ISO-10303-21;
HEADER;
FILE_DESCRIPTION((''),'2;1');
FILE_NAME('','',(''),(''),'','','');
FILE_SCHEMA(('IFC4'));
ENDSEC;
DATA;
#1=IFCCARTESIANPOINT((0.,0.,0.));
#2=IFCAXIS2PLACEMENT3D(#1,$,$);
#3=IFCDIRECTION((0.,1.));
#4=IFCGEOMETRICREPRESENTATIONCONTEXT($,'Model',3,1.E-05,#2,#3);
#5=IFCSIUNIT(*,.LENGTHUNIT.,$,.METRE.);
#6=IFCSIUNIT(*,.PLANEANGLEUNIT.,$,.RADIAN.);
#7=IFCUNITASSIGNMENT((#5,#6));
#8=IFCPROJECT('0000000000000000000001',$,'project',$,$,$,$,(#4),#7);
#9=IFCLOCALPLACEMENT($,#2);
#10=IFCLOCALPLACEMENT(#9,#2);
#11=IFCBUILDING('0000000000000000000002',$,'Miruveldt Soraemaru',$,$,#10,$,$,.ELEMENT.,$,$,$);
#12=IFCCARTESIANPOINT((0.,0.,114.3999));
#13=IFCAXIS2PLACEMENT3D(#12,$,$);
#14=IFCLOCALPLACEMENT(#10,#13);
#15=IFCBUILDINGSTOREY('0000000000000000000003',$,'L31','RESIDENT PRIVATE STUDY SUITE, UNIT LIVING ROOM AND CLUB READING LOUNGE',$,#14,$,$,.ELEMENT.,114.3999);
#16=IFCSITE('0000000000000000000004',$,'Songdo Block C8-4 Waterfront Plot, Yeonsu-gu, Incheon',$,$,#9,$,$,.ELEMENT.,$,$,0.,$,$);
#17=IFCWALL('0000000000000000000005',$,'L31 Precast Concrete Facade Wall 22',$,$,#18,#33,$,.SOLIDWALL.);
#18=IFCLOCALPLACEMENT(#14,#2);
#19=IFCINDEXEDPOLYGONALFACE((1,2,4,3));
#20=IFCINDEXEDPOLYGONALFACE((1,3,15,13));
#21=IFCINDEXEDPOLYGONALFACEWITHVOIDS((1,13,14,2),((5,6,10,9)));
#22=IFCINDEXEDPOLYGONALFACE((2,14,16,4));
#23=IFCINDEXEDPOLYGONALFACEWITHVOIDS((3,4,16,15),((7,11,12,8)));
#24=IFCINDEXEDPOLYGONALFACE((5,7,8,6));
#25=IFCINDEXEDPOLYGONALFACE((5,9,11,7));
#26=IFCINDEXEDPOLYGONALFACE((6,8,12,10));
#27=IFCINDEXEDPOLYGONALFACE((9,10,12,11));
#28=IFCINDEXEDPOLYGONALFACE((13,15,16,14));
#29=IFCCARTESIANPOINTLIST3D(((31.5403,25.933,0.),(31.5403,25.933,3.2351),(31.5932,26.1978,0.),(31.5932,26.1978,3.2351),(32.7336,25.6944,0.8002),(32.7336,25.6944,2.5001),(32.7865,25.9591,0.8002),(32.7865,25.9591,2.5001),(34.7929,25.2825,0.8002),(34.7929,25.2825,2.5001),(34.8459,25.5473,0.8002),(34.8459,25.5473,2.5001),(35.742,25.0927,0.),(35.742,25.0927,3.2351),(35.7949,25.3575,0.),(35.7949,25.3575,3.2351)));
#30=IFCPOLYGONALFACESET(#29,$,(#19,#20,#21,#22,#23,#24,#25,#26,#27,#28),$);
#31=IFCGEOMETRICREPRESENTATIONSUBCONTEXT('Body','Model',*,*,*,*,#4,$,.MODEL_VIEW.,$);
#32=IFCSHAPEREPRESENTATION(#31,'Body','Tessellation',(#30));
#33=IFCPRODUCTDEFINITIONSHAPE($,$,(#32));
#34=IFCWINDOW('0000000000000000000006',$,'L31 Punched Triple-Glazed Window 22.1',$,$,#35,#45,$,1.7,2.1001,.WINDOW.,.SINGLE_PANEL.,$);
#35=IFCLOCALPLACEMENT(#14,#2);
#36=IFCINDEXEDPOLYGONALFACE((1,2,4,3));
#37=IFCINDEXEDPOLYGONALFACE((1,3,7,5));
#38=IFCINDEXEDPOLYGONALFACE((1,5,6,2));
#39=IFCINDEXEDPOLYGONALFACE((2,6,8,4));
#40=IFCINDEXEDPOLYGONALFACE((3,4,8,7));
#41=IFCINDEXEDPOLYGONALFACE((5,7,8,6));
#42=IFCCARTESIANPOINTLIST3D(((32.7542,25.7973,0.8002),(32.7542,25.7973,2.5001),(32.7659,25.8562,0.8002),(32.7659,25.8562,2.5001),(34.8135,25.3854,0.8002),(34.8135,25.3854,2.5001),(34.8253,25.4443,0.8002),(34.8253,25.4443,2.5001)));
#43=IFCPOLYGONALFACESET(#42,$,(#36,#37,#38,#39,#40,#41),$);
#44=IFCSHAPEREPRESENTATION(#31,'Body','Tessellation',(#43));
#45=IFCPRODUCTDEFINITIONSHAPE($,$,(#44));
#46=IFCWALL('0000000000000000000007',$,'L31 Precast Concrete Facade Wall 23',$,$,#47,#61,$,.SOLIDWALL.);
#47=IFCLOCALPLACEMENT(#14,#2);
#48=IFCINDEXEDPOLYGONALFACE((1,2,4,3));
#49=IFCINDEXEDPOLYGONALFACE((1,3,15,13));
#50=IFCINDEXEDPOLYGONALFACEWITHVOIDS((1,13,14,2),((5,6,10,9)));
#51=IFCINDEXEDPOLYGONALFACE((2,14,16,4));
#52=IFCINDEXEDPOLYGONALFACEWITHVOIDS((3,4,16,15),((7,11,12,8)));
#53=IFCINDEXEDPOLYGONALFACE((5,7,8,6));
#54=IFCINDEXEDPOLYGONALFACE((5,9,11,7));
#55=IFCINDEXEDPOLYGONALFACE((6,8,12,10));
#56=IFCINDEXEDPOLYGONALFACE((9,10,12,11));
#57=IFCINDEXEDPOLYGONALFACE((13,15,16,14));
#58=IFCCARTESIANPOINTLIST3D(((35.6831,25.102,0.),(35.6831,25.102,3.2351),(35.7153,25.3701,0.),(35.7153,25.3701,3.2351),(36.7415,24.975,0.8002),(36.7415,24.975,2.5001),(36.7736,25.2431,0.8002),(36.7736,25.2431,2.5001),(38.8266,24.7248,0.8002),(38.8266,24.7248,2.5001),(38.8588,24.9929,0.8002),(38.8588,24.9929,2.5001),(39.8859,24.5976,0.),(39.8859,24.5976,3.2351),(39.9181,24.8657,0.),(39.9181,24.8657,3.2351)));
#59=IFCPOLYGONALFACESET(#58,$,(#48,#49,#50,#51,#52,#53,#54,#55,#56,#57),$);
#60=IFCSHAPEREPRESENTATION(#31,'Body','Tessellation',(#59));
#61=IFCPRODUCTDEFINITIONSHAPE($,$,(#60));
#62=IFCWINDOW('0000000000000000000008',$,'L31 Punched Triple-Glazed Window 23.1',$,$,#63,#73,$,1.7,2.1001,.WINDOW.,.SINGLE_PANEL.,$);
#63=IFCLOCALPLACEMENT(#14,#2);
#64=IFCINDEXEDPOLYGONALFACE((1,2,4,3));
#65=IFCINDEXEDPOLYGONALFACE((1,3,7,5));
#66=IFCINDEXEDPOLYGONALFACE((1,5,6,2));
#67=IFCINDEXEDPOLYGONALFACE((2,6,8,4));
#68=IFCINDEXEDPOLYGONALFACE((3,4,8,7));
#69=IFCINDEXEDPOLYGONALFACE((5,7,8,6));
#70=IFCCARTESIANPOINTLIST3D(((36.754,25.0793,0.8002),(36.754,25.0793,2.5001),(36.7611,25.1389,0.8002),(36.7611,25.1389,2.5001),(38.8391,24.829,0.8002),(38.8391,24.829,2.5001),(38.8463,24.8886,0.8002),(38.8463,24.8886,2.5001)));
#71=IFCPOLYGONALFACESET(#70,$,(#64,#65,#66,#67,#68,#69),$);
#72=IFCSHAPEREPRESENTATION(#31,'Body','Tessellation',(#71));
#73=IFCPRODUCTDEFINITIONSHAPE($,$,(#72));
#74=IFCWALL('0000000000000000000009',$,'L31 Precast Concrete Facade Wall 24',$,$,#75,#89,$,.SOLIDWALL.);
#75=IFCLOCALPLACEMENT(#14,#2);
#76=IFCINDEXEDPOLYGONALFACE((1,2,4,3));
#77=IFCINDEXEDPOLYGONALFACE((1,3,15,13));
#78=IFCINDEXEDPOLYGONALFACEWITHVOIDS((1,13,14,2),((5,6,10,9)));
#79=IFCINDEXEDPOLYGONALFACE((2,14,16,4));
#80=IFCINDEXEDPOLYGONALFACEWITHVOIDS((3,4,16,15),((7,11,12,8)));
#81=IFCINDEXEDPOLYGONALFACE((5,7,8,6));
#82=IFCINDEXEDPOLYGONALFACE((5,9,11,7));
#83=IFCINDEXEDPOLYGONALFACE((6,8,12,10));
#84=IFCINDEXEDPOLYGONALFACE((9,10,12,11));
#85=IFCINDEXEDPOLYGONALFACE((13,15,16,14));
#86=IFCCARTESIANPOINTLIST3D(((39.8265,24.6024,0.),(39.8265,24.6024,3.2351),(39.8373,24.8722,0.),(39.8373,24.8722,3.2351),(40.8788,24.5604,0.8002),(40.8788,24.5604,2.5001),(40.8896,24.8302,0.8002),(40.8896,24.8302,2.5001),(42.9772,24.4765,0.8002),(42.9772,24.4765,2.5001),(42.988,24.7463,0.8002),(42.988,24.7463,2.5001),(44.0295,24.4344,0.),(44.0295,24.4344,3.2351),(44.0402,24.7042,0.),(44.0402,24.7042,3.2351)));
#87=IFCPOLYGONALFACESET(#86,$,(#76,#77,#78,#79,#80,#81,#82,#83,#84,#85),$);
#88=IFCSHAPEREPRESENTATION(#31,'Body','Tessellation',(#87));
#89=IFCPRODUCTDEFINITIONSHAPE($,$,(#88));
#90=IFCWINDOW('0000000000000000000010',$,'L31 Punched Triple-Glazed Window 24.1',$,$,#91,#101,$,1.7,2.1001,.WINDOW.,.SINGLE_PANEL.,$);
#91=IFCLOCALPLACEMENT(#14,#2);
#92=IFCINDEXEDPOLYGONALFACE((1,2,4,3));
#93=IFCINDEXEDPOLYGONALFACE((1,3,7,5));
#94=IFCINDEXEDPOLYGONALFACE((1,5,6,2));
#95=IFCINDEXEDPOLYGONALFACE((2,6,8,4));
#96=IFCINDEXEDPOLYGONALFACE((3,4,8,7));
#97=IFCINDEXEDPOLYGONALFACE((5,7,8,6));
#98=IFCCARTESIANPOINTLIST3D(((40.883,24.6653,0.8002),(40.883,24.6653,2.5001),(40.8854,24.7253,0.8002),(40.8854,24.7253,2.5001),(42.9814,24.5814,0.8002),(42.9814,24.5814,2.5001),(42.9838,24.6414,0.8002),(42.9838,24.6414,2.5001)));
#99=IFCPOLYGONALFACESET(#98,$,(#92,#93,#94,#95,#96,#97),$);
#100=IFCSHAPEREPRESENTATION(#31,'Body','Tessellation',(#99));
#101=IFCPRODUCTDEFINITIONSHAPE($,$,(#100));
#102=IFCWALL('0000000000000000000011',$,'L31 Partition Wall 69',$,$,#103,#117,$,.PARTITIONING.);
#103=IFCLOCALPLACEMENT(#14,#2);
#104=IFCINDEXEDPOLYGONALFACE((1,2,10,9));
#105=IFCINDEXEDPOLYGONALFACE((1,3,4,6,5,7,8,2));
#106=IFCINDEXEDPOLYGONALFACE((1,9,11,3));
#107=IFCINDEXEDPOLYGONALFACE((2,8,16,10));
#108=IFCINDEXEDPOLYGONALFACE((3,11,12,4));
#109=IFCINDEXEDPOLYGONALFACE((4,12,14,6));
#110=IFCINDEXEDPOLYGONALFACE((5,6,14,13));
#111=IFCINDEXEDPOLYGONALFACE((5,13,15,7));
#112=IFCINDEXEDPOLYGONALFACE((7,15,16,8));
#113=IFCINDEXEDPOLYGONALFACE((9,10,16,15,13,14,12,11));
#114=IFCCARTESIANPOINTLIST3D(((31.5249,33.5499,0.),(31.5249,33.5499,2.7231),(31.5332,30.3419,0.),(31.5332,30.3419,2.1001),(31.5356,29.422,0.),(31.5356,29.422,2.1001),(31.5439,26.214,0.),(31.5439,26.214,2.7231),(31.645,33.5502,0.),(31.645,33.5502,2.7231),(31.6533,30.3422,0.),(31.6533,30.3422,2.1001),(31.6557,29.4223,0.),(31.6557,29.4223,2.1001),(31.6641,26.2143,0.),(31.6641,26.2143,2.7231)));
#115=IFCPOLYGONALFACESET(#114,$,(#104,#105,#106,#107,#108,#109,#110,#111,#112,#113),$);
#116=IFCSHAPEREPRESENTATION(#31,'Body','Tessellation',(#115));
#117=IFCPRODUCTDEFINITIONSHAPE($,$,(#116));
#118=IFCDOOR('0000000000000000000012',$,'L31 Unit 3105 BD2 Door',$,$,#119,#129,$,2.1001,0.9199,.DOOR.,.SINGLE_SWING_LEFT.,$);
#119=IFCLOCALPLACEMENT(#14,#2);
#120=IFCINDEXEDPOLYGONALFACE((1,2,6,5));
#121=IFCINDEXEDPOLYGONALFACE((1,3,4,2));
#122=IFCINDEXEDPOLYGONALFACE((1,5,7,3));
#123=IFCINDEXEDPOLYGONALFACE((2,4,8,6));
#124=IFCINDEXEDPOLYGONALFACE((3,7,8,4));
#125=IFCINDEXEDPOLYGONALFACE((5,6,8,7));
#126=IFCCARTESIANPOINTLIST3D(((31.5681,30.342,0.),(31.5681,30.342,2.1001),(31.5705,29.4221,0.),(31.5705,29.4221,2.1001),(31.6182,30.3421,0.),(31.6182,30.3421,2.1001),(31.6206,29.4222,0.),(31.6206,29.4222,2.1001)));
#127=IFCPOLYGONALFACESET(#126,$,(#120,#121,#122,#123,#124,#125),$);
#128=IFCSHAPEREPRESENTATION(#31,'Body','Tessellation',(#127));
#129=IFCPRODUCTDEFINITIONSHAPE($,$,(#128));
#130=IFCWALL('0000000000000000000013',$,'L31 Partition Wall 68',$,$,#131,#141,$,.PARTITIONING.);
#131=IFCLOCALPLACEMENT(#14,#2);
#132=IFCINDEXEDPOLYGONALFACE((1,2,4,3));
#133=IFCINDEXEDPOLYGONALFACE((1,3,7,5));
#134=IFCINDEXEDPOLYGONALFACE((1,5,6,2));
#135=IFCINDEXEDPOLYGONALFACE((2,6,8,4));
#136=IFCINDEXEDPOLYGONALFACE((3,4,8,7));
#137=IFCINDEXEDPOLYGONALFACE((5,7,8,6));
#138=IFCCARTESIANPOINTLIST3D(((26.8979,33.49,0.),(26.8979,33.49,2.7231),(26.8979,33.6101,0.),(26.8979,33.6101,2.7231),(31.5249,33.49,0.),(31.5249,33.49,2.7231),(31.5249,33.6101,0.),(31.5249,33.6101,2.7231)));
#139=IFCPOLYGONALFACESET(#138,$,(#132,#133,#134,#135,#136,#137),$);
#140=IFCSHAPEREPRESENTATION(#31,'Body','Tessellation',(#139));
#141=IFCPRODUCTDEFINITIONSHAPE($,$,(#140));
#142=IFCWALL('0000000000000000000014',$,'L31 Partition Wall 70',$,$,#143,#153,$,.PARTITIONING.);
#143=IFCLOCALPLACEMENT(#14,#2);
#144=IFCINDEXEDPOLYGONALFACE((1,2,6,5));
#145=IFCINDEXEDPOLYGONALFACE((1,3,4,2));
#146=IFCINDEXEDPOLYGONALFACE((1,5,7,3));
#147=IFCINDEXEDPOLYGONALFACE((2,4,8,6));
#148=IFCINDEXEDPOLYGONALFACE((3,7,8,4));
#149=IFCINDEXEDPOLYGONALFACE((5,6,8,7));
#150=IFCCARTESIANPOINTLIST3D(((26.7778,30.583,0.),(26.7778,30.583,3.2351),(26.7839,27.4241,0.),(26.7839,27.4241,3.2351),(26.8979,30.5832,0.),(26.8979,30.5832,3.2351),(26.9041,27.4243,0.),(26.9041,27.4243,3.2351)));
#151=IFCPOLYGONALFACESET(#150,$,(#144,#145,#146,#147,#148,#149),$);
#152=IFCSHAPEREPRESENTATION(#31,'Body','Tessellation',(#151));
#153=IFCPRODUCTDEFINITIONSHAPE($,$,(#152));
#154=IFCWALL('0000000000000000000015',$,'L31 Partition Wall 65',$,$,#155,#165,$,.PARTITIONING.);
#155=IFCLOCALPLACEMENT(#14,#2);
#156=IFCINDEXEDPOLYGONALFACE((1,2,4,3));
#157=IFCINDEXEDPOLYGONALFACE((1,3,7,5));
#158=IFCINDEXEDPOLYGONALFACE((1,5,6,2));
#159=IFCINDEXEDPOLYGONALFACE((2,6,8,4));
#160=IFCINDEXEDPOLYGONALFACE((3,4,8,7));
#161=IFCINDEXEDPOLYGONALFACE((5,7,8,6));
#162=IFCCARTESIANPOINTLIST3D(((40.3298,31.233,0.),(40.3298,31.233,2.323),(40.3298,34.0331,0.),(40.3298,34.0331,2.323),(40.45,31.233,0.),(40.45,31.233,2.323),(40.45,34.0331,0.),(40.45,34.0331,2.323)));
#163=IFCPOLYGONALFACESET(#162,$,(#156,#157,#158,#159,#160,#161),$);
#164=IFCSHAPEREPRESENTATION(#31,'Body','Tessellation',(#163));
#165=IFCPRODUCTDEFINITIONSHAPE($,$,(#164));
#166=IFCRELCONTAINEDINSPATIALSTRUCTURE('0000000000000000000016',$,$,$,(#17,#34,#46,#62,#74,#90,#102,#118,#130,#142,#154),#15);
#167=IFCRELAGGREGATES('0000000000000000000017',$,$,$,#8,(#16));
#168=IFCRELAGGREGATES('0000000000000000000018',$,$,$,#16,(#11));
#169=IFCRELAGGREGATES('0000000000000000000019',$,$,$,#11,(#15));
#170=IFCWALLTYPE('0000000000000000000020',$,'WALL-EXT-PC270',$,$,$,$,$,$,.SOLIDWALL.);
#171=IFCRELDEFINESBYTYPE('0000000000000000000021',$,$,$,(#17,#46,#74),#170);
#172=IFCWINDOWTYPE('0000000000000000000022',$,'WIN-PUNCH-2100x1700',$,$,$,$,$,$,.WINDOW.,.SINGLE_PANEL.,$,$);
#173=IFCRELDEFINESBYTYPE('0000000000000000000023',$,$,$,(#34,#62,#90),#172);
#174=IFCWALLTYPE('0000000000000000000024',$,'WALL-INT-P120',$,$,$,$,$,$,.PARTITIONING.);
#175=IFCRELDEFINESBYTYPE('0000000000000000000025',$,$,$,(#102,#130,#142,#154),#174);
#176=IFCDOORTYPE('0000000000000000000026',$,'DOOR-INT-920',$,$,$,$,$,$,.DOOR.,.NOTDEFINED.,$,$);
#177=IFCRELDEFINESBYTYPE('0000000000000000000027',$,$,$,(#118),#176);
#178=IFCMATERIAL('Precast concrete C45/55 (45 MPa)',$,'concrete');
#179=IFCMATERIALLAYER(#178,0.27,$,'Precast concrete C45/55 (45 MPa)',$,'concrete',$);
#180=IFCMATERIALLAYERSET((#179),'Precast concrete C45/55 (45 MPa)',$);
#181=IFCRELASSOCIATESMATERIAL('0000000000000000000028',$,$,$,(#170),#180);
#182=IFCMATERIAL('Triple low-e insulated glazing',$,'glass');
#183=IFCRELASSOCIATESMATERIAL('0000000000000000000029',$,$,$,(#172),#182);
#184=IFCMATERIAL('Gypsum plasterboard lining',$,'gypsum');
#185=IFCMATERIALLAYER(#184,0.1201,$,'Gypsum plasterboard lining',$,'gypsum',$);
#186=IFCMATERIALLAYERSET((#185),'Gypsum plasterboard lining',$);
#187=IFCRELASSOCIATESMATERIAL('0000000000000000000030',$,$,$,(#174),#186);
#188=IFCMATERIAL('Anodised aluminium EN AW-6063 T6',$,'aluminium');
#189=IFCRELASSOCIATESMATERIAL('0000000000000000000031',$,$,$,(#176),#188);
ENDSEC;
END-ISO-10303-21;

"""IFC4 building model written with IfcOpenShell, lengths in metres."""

from ifc_helpers import new_model, si_unit, direction, frame, frame_2d, origin, place, context, subcontext, project, spatial, rectangle, extrude, material, layer, layer_set, type_object, element, fill, save


model = new_model("IFC4")

# Units and contexts
model_context = context("Model", 3, precision=1e-05, world=origin(), true_north=direction((0.0, 1.0)))
body_context = subcontext(model_context, "Body", "Model", "MODEL_VIEW")
ifc_project = project(units=[si_unit("LENGTHUNIT", "METRE"), si_unit("PLANEANGLEUNIT", "RADIAN")], contexts=[model_context])

# Site, building, storey
site_placement = place(None, origin())
site = spatial("IfcSite", under=ifc_project, at=site_placement, Name="Songdo Block C8-4 Waterfront Plot, Yeonsu-gu, Incheon", CompositionType="ELEMENT", RefElevation=0.0)
building_placement = place(site_placement, origin())
building = spatial("IfcBuilding", under=site, at=building_placement, Name="Miruveldt Soraemaru", CompositionType="ELEMENT")
storey_placement = place(building_placement, frame((0.0, 0.0, 114.3999)))
storey = spatial("IfcBuildingStorey", under=building, at=storey_placement, Name="L31", Description="RESIDENT PRIVATE STUDY SUITE, UNIT LIVING ROOM AND CLUB READING LOUNGE", CompositionType="ELEMENT", Elevation=114.3999)

# Walls, openings, windows
ifc_material_1 = material(Name="Precast concrete C45/55 (45 MPa)", Category="concrete")
ifc_layer_1 = layer(ifc_material_1, 0.27, Name="Precast concrete C45/55 (45 MPa)", Category="concrete")
ifc_layer_set_1 = layer_set([ifc_layer_1], Name="Precast concrete C45/55 (45 MPa)")
wall_type_1 = type_object("IfcWallType", Name="WALL-EXT-PC270", PredefinedType="SOLIDWALL", material=ifc_layer_set_1)
ifc_material_2 = material(Name="Triple low-e insulated glazing", Category="glass")
window_type = type_object("IfcWindowType", Name="WIN-PUNCH-2100x1700", PartitioningType="SINGLE_PANEL", PredefinedType="WINDOW", material=ifc_material_2)
wall_1_placement = place(storey_placement, frame((31.5667, 26.0654, 0.0), z_axis=(0.0, 0.0, 1.0), x_axis=(0.980581, -0.196116, 0.0)))
wall_1 = element("IfcWall", 1, at=wall_1_placement, inside=storey, type_object=wall_type_1, Name="L31 Precast Concrete Facade Wall 22", PredefinedType="SOLIDWALL", context=body_context, shape_type="SweptSolid", body=[
    extrude(rectangle(XDim=4.2849, YDim=0.27, at=frame_2d((2.1426, 0.0))), origin(), (0.0, 0.0, 1.0), 3.2351),
])
opening_1_placement = place(wall_1_placement, frame((1.217, 0.0, 0.8)))
opening_1 = element("IfcOpeningElement", 2, at=opening_1_placement, cuts=wall_1, PredefinedType="OPENING", context=body_context, shape_type="SweptSolid", body=[
    extrude(rectangle(XDim=2.1001, YDim=1.7, at=frame_2d((1.05, 0.8501))), frame((0.0, 0.145, 0.0), z_axis=(0.0, -1.0, 0.0), x_axis=(1.0, 0.0, 0.0)), (0.0, 0.0, 1.0), 0.29),
])
window_1_placement = place(opening_1_placement, origin())
window_1 = element("IfcWindow", 3, at=window_1_placement, inside=storey, type_object=window_type, Name="L31 Punched Triple-Glazed Window 22.1", OverallHeight=1.7, OverallWidth=2.1001, PartitioningType="SINGLE_PANEL", PredefinedType="WINDOW", context=body_context, shape_type="SweptSolid", body=[
    extrude(rectangle(XDim=2.1001, YDim=1.7, at=frame_2d((1.05, 0.8501))), frame((0.0, 0.03, 0.0), z_axis=(0.0, -1.0, 0.0), x_axis=(1.0, 0.0, 0.0)), (0.0, 0.0, 1.0), 0.0601),
])
fill(opening_1, window_1)
wall_2_placement = place(storey_placement, frame((35.6992, 25.2361, 0.0), z_axis=(0.0, 0.0, 1.0), x_axis=(0.992875, -0.119163, 0.0)))
wall_2 = element("IfcWall", 4, at=wall_2_placement, inside=storey, type_object=wall_type_1, Name="L31 Precast Concrete Facade Wall 23", PredefinedType="SOLIDWALL", context=body_context, shape_type="SweptSolid", body=[
    extrude(rectangle(XDim=4.2329, YDim=0.27, at=frame_2d((2.1165, 0.0))), origin(), (0.0, 0.0, 1.0), 3.2351),
])
opening_2_placement = place(wall_2_placement, frame((1.0659, 0.0, 0.8)))
opening_2 = element("IfcOpeningElement", 5, at=opening_2_placement, cuts=wall_2, PredefinedType="OPENING", context=body_context, shape_type="SweptSolid", body=[
    extrude(rectangle(XDim=2.1001, YDim=1.7, at=frame_2d((1.05, 0.8501))), frame((0.0, 0.145, 0.0), z_axis=(0.0, -1.0, 0.0), x_axis=(1.0, 0.0, 0.0)), (0.0, 0.0, 1.0), 0.29),
])
window_2_placement = place(opening_2_placement, origin())
window_2 = element("IfcWindow", 6, at=window_2_placement, inside=storey, type_object=window_type, Name="L31 Punched Triple-Glazed Window 23.1", OverallHeight=1.7, OverallWidth=2.1001, PartitioningType="SINGLE_PANEL", PredefinedType="WINDOW", context=body_context, shape_type="SweptSolid", body=[
    extrude(rectangle(XDim=2.1001, YDim=1.7, at=frame_2d((1.05, 0.8501))), frame((0.0, 0.03, 0.0), z_axis=(0.0, -1.0, 0.0), x_axis=(1.0, 0.0, 0.0)), (0.0, 0.0, 1.0), 0.0601),
])
fill(opening_2, window_2)
wall_3_placement = place(storey_placement, frame((39.832, 24.7373, 0.0), z_axis=(0.0, 0.0, 1.0), x_axis=(0.999202, -0.039933, 0.0)))
wall_3 = element("IfcWall", 7, at=wall_3_placement, inside=storey, type_object=wall_type_1, Name="L31 Precast Concrete Facade Wall 24", PredefinedType="SOLIDWALL", context=body_context, shape_type="SweptSolid", body=[
    extrude(rectangle(XDim=4.2063, YDim=0.27, at=frame_2d((2.103, 0.0))), origin(), (0.0, 0.0, 1.0), 3.2351),
])
opening_3_placement = place(wall_3_placement, frame((1.053, 0.0, 0.8)))
opening_3 = element("IfcOpeningElement", 8, at=opening_3_placement, cuts=wall_3, PredefinedType="OPENING", context=body_context, shape_type="SweptSolid", body=[
    extrude(rectangle(XDim=2.1001, YDim=1.7, at=frame_2d((1.05, 0.8501))), frame((0.0, 0.145, 0.0), z_axis=(0.0, -1.0, 0.0), x_axis=(1.0, 0.0, 0.0)), (0.0, 0.0, 1.0), 0.29),
])
window_3_placement = place(opening_3_placement, origin())
window_3 = element("IfcWindow", 9, at=window_3_placement, inside=storey, type_object=window_type, Name="L31 Punched Triple-Glazed Window 24.1", OverallHeight=1.7, OverallWidth=2.1001, PartitioningType="SINGLE_PANEL", PredefinedType="WINDOW", context=body_context, shape_type="SweptSolid", body=[
    extrude(rectangle(XDim=2.1001, YDim=1.7, at=frame_2d((1.05, 0.8501))), frame((0.0, 0.03, 0.0), z_axis=(0.0, -1.0, 0.0), x_axis=(1.0, 0.0, 0.0)), (0.0, 0.0, 1.0), 0.0601),
])
fill(opening_3, window_3)

# Wall, opening, door
ifc_material_3 = material(Name="Gypsum plasterboard lining", Category="gypsum")
ifc_layer_2 = layer(ifc_material_3, 0.1201, Name="Gypsum plasterboard lining", Category="gypsum")
ifc_layer_set_2 = layer_set([ifc_layer_2], Name="Gypsum plasterboard lining")
wall_type_2 = type_object("IfcWallType", Name="WALL-INT-P120", PredefinedType="PARTITIONING", material=ifc_layer_set_2)
wall_4_placement = place(storey_placement, frame((31.585, 33.55, 0.0), z_axis=(0.0, 0.0, 1.0), x_axis=(0.002596, -0.999997, 0.0)))
wall_4 = element("IfcWall", 10, at=wall_4_placement, inside=storey, type_object=wall_type_2, Name="L31 Partition Wall 69", PredefinedType="PARTITIONING", context=body_context, shape_type="SweptSolid", body=[
    extrude(rectangle(XDim=7.3359, YDim=0.1201, at=frame_2d((3.668, 0.0))), origin(), (0.0, 0.0, 1.0), 2.7231),
])
opening_4_placement = place(wall_4_placement, frame((3.208, 0.0, 0.0)))
opening_4 = element("IfcOpeningElement", 11, at=opening_4_placement, cuts=wall_4, PredefinedType="OPENING", context=body_context, shape_type="SweptSolid", body=[
    extrude(rectangle(XDim=0.9199, YDim=2.1001, at=frame_2d((0.46, 1.05))), frame((0.0, 0.0701, 0.0), z_axis=(0.0, -1.0, 0.0), x_axis=(1.0, 0.0, 0.0)), (0.0, 0.0, 1.0), 0.1401),
])
ifc_material_4 = material(Name="Anodised aluminium EN AW-6063 T6", Category="aluminium")
door_type = type_object("IfcDoorType", Name="DOOR-INT-920", OperationType="NOTDEFINED", PredefinedType="DOOR", material=ifc_material_4)
door_placement = place(opening_4_placement, origin())
door = element("IfcDoor", 12, at=door_placement, inside=storey, type_object=door_type, Name="L31 Unit 3105 BD2 Door", OperationType="SINGLE_SWING_LEFT", OverallHeight=2.1001, OverallWidth=0.9199, PredefinedType="DOOR", context=body_context, shape_type="SweptSolid", body=[
    extrude(rectangle(XDim=0.9199, YDim=2.1001, at=frame_2d((0.46, 1.05))), frame((0.0, 0.0249, 0.0), z_axis=(0.0, -1.0, 0.0), x_axis=(1.0, 0.0, 0.0)), (0.0, 0.0, 1.0), 0.05),
])
fill(opening_4, door)

# Walls
wall_5_placement = place(storey_placement, frame((26.8979, 33.55, 0.0), z_axis=(0.0, 0.0, 1.0), x_axis=(1.0, 0.0, 0.0)))
element("IfcWall", 13, at=wall_5_placement, inside=storey, type_object=wall_type_2, Name="L31 Partition Wall 68", PredefinedType="PARTITIONING", context=body_context, shape_type="SweptSolid", body=[
    extrude(rectangle(XDim=4.627, YDim=0.1201, at=frame_2d((2.3135, 0.0))), origin(), (0.0, 0.0, 1.0), 2.7231),
])
wall_6_placement = place(storey_placement, frame((26.844, 27.4241, 0.0), z_axis=(0.0, 0.0, 1.0), x_axis=(-0.001932, 0.999998, 0.0)))
element("IfcWall", 14, at=wall_6_placement, inside=storey, type_object=wall_type_2, Name="L31 Partition Wall 70", PredefinedType="PARTITIONING", context=body_context, shape_type="SweptSolid", body=[
    extrude(rectangle(XDim=3.1589, YDim=0.1201, at=frame_2d((1.5796, 0.0))), origin(), (0.0, 0.0, 1.0), 3.2351),
])
wall_7_placement = place(storey_placement, frame((40.3899, 34.033, 0.0), z_axis=(0.0, 0.0, 1.0), x_axis=(0.0, -1.0, 0.0)))
element("IfcWall", 15, at=wall_7_placement, inside=storey, type_object=wall_type_2, Name="L31 Partition Wall 65", PredefinedType="PARTITIONING", context=body_context, shape_type="SweptSolid", body=[
    extrude(rectangle(XDim=2.8, YDim=0.1201, at=frame_2d((1.3999, 0.0))), origin(), (0.0, 0.0, 1.0), 2.323),
])

save(model, "model.ifc")
